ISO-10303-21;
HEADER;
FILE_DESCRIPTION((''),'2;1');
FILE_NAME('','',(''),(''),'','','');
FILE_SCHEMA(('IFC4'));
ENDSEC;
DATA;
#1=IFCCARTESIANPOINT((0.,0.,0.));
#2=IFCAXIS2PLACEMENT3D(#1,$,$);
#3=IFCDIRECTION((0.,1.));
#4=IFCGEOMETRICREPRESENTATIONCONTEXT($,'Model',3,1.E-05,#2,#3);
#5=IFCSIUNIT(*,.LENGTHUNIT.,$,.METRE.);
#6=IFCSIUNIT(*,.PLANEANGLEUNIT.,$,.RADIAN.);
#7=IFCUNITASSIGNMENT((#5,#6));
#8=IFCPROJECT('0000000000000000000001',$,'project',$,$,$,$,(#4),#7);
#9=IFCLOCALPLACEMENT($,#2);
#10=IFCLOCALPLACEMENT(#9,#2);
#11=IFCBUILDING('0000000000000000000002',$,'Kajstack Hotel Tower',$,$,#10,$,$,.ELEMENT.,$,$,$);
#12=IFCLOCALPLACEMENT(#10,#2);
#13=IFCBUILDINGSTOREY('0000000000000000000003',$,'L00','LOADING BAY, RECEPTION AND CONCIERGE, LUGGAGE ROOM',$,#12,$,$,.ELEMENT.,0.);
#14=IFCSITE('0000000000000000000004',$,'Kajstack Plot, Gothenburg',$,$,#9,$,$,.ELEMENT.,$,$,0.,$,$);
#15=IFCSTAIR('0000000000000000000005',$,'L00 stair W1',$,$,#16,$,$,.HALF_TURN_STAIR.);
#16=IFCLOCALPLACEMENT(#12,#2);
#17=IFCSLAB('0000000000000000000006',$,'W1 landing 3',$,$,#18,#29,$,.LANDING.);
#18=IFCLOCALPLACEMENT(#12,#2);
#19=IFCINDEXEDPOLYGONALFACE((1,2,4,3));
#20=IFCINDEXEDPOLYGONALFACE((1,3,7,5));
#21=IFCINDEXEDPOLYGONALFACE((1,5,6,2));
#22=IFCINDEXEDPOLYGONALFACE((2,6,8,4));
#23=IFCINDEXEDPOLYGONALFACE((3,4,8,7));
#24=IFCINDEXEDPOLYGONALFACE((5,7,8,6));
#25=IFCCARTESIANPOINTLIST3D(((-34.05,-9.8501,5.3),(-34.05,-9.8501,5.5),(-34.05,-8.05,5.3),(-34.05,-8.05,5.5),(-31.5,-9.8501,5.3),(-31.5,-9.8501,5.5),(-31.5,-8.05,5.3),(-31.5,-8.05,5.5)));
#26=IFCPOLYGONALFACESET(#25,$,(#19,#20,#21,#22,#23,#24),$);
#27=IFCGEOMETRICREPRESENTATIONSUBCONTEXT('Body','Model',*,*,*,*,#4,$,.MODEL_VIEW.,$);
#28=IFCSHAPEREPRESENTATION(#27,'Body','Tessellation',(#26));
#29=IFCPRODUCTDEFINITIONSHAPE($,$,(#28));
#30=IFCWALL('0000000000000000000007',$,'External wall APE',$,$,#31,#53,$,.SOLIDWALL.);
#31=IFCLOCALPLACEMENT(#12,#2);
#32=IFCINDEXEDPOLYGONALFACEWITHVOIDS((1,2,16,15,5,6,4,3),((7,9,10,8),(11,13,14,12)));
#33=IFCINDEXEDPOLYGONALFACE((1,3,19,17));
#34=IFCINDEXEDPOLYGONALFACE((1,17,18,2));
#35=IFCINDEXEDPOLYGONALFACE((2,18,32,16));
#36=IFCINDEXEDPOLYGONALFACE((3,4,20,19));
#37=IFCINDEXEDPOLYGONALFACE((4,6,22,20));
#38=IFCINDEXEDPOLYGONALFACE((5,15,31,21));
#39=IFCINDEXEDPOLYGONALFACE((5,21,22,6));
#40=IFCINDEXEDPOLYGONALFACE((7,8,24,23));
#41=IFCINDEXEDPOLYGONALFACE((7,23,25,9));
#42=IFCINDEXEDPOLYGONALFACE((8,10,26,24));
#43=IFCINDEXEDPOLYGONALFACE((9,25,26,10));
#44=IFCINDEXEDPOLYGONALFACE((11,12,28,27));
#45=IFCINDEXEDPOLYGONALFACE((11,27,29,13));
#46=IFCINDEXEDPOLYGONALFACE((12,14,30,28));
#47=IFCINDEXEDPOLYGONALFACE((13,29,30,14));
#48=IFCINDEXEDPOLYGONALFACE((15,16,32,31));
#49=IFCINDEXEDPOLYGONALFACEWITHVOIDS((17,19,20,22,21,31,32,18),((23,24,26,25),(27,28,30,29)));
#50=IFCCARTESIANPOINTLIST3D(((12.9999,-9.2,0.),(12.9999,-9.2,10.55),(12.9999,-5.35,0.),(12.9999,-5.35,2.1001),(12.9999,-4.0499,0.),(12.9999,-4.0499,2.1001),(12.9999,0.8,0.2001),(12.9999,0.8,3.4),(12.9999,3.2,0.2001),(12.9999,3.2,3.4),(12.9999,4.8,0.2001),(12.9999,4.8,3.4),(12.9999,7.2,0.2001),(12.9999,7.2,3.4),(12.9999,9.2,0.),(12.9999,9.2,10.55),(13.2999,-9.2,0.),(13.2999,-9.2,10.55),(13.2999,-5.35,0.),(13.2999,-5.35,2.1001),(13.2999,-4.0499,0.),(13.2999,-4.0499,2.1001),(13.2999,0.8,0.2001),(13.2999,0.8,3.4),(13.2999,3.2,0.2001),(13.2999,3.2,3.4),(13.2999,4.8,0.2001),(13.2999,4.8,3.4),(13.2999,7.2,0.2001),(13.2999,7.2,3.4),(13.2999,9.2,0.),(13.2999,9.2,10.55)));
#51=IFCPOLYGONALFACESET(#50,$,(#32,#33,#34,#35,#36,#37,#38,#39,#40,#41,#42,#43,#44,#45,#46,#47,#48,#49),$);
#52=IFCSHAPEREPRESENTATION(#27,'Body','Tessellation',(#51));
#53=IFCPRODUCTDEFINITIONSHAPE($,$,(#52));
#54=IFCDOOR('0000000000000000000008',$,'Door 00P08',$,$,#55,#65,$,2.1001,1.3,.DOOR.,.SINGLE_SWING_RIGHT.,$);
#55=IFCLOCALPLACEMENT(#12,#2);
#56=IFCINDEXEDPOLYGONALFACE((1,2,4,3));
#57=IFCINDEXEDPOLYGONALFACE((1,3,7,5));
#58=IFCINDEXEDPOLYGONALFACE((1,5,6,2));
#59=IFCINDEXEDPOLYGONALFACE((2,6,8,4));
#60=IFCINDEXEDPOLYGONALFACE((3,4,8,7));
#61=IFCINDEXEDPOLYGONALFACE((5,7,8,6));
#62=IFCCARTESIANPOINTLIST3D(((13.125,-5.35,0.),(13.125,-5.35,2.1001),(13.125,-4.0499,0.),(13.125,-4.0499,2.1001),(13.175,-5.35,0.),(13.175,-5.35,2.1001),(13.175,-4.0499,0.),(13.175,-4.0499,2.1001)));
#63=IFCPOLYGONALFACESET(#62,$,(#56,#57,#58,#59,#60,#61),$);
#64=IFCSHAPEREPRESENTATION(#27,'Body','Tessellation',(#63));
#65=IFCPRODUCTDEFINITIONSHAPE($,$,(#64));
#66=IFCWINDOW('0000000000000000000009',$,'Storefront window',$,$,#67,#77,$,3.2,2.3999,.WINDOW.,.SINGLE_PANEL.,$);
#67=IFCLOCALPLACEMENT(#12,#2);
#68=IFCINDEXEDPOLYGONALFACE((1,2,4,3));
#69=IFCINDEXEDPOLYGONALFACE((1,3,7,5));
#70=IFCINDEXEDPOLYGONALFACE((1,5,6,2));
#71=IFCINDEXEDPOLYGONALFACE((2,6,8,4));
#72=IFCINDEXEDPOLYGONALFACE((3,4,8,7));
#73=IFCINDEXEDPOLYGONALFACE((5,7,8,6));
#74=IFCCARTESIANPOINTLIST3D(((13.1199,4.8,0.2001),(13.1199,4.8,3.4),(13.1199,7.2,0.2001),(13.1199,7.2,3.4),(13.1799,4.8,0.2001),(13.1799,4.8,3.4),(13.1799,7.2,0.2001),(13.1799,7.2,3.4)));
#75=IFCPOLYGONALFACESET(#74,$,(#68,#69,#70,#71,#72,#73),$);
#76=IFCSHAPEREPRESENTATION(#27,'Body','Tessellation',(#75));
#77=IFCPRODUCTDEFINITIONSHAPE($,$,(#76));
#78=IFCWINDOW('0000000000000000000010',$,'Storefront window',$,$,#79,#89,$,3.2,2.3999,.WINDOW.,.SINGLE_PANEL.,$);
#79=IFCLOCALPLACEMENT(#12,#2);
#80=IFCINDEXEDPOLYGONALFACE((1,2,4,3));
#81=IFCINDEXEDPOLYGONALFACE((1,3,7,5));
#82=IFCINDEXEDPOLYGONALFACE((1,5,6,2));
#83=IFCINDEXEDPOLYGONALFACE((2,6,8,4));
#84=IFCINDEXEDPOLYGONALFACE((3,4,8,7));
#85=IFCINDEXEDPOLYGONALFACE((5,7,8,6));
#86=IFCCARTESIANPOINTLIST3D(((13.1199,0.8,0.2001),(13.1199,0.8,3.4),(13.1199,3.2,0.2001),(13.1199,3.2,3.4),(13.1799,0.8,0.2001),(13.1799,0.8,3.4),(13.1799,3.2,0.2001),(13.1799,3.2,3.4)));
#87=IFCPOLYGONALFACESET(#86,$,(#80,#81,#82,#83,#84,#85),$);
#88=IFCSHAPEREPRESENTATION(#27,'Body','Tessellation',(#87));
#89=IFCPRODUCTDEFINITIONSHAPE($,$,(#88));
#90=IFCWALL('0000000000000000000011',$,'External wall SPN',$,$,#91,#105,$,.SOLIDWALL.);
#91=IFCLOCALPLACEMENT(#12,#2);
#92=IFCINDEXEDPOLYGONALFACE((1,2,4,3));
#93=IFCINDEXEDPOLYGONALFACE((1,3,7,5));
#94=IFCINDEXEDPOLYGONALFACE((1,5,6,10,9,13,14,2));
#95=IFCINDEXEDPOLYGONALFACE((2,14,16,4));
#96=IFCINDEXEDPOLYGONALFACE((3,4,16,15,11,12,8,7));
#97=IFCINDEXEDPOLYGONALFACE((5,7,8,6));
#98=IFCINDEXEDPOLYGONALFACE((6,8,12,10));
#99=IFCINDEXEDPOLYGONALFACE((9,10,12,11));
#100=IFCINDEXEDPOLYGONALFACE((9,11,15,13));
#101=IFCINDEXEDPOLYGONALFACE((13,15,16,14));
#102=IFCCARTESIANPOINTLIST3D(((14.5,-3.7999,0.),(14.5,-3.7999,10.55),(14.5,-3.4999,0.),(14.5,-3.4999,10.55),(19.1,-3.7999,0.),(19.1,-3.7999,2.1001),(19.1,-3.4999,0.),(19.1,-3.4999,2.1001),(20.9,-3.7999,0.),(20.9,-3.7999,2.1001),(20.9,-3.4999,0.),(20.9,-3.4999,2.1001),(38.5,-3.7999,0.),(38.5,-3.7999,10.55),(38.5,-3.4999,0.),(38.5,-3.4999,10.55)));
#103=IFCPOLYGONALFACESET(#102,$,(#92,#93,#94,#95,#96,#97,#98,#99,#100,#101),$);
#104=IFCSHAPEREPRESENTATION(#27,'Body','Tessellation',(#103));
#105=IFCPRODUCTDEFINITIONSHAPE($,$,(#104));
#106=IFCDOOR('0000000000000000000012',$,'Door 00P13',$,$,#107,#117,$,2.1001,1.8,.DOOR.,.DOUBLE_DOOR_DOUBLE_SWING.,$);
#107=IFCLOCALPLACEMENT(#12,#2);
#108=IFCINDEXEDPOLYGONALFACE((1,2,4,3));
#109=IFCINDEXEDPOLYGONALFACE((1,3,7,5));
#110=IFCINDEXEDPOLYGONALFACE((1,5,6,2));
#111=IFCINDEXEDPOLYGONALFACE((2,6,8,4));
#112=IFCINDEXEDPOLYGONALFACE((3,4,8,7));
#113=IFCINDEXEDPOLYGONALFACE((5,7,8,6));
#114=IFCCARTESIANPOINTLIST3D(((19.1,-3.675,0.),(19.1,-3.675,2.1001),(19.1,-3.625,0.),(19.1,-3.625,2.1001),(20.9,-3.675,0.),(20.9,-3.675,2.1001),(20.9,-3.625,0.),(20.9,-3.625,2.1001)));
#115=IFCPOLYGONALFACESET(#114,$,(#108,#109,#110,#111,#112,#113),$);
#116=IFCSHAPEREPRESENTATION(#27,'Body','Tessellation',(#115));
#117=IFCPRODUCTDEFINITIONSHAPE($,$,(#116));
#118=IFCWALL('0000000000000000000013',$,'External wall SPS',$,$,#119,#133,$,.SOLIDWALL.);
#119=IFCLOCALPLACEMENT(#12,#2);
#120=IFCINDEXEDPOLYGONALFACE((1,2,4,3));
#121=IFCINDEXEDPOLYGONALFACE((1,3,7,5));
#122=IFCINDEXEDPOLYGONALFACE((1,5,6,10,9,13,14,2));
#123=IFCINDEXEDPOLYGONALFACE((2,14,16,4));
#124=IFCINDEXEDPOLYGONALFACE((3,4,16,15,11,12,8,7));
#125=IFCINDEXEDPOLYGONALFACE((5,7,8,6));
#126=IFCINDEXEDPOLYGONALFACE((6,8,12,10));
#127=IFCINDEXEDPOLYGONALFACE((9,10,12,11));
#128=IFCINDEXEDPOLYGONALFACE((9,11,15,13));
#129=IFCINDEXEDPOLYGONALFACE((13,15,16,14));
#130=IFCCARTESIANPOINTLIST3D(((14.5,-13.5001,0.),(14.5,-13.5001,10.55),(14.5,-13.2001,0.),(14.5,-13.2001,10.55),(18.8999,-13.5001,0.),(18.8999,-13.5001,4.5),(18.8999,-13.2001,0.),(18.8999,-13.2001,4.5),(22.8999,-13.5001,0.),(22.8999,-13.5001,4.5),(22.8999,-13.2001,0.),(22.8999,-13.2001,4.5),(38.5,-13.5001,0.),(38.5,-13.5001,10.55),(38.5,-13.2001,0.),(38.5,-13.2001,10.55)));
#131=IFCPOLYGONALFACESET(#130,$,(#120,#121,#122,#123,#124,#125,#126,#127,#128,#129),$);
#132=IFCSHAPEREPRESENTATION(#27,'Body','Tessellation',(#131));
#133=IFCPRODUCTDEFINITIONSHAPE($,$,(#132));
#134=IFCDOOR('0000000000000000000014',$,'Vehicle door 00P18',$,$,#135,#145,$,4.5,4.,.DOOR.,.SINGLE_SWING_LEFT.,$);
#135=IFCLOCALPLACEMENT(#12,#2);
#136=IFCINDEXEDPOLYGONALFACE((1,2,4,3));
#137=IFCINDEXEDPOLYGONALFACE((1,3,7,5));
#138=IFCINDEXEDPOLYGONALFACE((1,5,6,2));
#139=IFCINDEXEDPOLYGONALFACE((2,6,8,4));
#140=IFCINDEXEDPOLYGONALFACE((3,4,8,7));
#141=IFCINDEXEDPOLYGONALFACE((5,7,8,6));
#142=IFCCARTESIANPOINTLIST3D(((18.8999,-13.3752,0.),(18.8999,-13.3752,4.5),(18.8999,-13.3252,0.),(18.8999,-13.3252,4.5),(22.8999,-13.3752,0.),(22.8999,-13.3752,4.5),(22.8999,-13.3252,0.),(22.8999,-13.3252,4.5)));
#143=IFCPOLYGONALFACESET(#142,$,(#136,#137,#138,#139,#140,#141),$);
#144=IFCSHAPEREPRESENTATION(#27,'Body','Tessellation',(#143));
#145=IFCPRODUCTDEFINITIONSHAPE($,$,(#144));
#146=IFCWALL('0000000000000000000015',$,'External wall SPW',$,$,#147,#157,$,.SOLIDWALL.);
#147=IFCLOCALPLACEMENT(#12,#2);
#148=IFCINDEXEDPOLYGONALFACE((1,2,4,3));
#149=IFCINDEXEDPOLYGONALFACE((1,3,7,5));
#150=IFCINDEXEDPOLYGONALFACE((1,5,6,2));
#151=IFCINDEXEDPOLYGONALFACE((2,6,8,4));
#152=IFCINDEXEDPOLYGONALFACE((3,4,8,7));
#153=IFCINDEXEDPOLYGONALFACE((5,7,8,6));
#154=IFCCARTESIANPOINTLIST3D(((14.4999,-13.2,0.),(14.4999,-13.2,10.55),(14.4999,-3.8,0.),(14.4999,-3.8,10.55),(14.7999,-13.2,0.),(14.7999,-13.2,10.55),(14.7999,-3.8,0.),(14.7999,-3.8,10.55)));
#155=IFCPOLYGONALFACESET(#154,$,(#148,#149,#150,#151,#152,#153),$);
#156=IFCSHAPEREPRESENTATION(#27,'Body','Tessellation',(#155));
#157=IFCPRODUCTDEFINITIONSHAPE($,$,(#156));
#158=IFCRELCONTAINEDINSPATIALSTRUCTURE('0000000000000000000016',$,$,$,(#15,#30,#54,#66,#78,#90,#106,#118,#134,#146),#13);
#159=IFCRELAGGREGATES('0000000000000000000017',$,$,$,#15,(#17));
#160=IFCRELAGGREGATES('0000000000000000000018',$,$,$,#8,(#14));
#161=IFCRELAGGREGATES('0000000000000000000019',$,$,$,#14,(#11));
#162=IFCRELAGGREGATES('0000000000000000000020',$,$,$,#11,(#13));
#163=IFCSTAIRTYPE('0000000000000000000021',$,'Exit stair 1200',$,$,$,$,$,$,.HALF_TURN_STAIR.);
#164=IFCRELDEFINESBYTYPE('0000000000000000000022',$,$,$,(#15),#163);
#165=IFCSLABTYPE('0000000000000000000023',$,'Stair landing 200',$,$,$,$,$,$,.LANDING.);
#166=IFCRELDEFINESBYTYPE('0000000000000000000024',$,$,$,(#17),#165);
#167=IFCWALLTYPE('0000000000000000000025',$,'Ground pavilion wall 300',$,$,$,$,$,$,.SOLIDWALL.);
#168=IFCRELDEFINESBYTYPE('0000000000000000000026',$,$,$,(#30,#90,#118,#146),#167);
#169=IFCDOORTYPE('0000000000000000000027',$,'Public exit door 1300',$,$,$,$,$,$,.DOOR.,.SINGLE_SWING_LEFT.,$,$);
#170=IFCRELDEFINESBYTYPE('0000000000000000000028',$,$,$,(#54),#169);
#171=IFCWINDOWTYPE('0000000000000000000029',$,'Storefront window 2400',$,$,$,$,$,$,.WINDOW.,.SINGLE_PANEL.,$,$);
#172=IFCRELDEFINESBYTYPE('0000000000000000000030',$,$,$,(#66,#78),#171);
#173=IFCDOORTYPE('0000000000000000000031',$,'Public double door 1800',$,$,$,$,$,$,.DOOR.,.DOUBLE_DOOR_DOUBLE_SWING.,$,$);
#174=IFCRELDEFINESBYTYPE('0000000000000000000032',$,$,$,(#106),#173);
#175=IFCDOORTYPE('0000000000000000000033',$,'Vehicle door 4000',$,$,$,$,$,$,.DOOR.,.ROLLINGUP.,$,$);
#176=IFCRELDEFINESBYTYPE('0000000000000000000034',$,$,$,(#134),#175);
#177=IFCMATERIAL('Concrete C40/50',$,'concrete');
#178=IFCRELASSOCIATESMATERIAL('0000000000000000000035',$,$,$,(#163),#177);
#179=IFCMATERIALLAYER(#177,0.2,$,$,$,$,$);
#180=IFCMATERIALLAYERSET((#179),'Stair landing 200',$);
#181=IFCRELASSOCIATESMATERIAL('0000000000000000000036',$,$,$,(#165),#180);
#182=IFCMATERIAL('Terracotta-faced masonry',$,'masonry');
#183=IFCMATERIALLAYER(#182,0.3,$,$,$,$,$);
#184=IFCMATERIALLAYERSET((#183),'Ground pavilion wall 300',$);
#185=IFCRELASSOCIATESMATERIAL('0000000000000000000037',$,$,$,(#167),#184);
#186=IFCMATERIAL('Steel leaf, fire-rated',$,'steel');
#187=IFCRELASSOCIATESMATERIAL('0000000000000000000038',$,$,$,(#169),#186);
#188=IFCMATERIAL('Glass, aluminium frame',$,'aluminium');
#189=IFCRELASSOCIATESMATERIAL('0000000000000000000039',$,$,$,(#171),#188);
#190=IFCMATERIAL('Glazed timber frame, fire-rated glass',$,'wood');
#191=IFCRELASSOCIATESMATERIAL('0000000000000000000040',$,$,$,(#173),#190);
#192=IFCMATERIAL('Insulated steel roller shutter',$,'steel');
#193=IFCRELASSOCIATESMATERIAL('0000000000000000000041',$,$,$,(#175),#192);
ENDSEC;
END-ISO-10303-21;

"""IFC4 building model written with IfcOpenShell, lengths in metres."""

from ifc_helpers import new_model, si_unit, direction, frame, frame_2d, origin, place, context, subcontext, project, spatial, polyline, rectangle, outline, extrude, material, layer, layer_set, type_object, element, fill, aggregate, save


model = new_model("IFC4")

# Units and contexts
model_context = context("Model", 3, precision=1e-05, world=origin(), true_north=direction((0.0, 1.0)))
body_context = subcontext(model_context, "Body", "Model", "MODEL_VIEW")
ifc_project = project(units=[si_unit("LENGTHUNIT", "METRE"), si_unit("PLANEANGLEUNIT", "RADIAN")], contexts=[model_context])

# Site, building, storey
site_placement = place(None, origin())
site = spatial("IfcSite", under=ifc_project, at=site_placement, Name="Kajstack Plot, Gothenburg", CompositionType="ELEMENT", RefElevation=0.0)
building_placement = place(site_placement, origin())
building = spatial("IfcBuilding", under=site, at=building_placement, Name="Kajstack Hotel Tower", CompositionType="ELEMENT")
storey_placement = place(building_placement, origin())
storey = spatial("IfcBuildingStorey", under=building, at=storey_placement, Name="L00", Description="LOADING BAY, RECEPTION AND CONCIERGE, LUGGAGE ROOM", CompositionType="ELEMENT", Elevation=0.0)

# Shared definitions
ifc_material_1 = material(Name="Concrete C40/50", Category="concrete")

# Stair, slab
stair_type = type_object("IfcStairType", Name="Exit stair 1200", PredefinedType="HALF_TURN_STAIR", material=ifc_material_1)
stair_placement = place(storey_placement, origin())
stair = element("IfcStair", 1, at=stair_placement, inside=storey, type_object=stair_type, Name="L00 stair W1", PredefinedType="HALF_TURN_STAIR")
ifc_layer_1 = layer(ifc_material_1, 0.2)
ifc_layer_set_1 = layer_set([ifc_layer_1], Name="Stair landing 200")
slab_type = type_object("IfcSlabType", Name="Stair landing 200", PredefinedType="LANDING", material=ifc_layer_set_1)
slab_placement = place(storey_placement, frame((0.0, 0.0, 5.3)))
slab = element("IfcSlab", 2, at=slab_placement, type_object=slab_type, Name="W1 landing 3", PredefinedType="LANDING", context=body_context, shape_type="SweptSolid", body=[
    extrude(outline(polyline([(-34.05, -8.05), (-34.05, -9.8501), (-31.5, -9.8501), (-31.5, -8.05), (-34.05, -8.05)])), origin(), (0.0, 0.0, 1.0), 0.2),
])
aggregate(stair, [slab])

# Wall, openings, door, windows
ifc_material_2 = material(Name="Terracotta-faced masonry", Category="masonry")
ifc_layer_2 = layer(ifc_material_2, 0.3)
ifc_layer_set_2 = layer_set([ifc_layer_2], Name="Ground pavilion wall 300")
wall_type_1 = type_object("IfcWallType", Name="Ground pavilion wall 300", PredefinedType="SOLIDWALL", material=ifc_layer_set_2)
wall_1_placement = place(storey_placement, frame((13.1499, -9.2, 0.0), z_axis=(0.0, 0.0, 1.0), x_axis=(0.0, 1.0, 0.0)))
wall_1 = element("IfcWall", 3, at=wall_1_placement, inside=storey, type_object=wall_type_1, Name="External wall APE", PredefinedType="SOLIDWALL", context=body_context, shape_type="SweptSolid", body=[
    extrude(rectangle(XDim=18.3999, YDim=0.3, at=frame_2d((9.2, 0.0))), origin(), (0.0, 0.0, 1.0), 10.55),
])
opening_1_placement = place(wall_1_placement, frame((3.8501, 0.0, 0.0)))
opening_1 = element("IfcOpeningElement", 4, at=opening_1_placement, cuts=wall_1, PredefinedType="OPENING", context=body_context, shape_type="SweptSolid", body=[
    extrude(rectangle(XDim=1.3, YDim=2.1001, at=frame_2d((0.6499, 1.05))), frame((0.0, 0.1599, 0.0), z_axis=(0.0, -1.0, 0.0), x_axis=(1.0, 0.0, 0.0)), (0.0, 0.0, 1.0), 0.3201),
])
opening_2_placement = place(wall_1_placement, frame((14.0, 0.0, 0.2)))
opening_2 = element("IfcOpeningElement", 5, at=opening_2_placement, cuts=wall_1, PredefinedType="OPENING", context=body_context, shape_type="SweptSolid", body=[
    extrude(rectangle(XDim=2.3999, YDim=3.2, at=frame_2d((1.2, 1.6001))), frame((0.0, 0.1599, 0.0), z_axis=(0.0, -1.0, 0.0), x_axis=(1.0, 0.0, 0.0)), (0.0, 0.0, 1.0), 0.3201),
])
opening_3_placement = place(wall_1_placement, frame((10.0, 0.0, 0.2)))
opening_3 = element("IfcOpeningElement", 6, at=opening_3_placement, cuts=wall_1, PredefinedType="OPENING", context=body_context, shape_type="SweptSolid", body=[
    extrude(rectangle(XDim=2.3999, YDim=3.2, at=frame_2d((1.2, 1.6001))), frame((0.0, 0.1599, 0.0), z_axis=(0.0, -1.0, 0.0), x_axis=(1.0, 0.0, 0.0)), (0.0, 0.0, 1.0), 0.3201),
])
ifc_material_3 = material(Name="Steel leaf, fire-rated", Category="steel")
door_type_1 = type_object("IfcDoorType", Name="Public exit door 1300", OperationType="SINGLE_SWING_LEFT", PredefinedType="DOOR", material=ifc_material_3)
door_1_placement = place(opening_1_placement, origin())
door_1 = element("IfcDoor", 7, at=door_1_placement, inside=storey, type_object=door_type_1, Name="Door 00P08", OperationType="SINGLE_SWING_RIGHT", OverallHeight=2.1001, OverallWidth=1.3, PredefinedType="DOOR", context=body_context, shape_type="SweptSolid", body=[
    extrude(rectangle(XDim=1.3, YDim=2.1001, at=frame_2d((0.6499, 1.05))), frame((0.0, 0.0249, 0.0), z_axis=(0.0, -1.0, 0.0), x_axis=(1.0, 0.0, 0.0)), (0.0, 0.0, 1.0), 0.05),
])
fill(opening_1, door_1)
ifc_material_4 = material(Name="Glass, aluminium frame", Category="aluminium")
window_type = type_object("IfcWindowType", Name="Storefront window 2400", PartitioningType="SINGLE_PANEL", PredefinedType="WINDOW", material=ifc_material_4)
window_1_placement = place(opening_2_placement, origin())
window_1 = element("IfcWindow", 8, at=window_1_placement, inside=storey, type_object=window_type, Name="Storefront window", OverallHeight=3.2, OverallWidth=2.3999, PartitioningType="SINGLE_PANEL", PredefinedType="WINDOW", context=body_context, shape_type="SweptSolid", body=[
    extrude(rectangle(XDim=2.3999, YDim=3.2, at=frame_2d((1.2, 1.6001))), frame((0.0, 0.03, 0.0), z_axis=(0.0, -1.0, 0.0), x_axis=(1.0, 0.0, 0.0)), (0.0, 0.0, 1.0), 0.0601),
])
fill(opening_2, window_1)
window_2_placement = place(opening_3_placement, origin())
window_2 = element("IfcWindow", 9, at=window_2_placement, inside=storey, type_object=window_type, Name="Storefront window", OverallHeight=3.2, OverallWidth=2.3999, PartitioningType="SINGLE_PANEL", PredefinedType="WINDOW", context=body_context, shape_type="SweptSolid", body=[
    extrude(rectangle(XDim=2.3999, YDim=3.2, at=frame_2d((1.2, 1.6001))), frame((0.0, 0.03, 0.0), z_axis=(0.0, -1.0, 0.0), x_axis=(1.0, 0.0, 0.0)), (0.0, 0.0, 1.0), 0.0601),
])
fill(opening_3, window_2)

# Walls, openings, doors
wall_2_placement = place(storey_placement, frame((14.5, -3.6499, 0.0), z_axis=(0.0, 0.0, 1.0), x_axis=(1.0, 0.0, 0.0)))
wall_2 = element("IfcWall", 10, at=wall_2_placement, inside=storey, type_object=wall_type_1, Name="External wall SPN", PredefinedType="SOLIDWALL", context=body_context, shape_type="SweptSolid", body=[
    extrude(rectangle(XDim=24.0, YDim=0.3, at=frame_2d((12.0, 0.0))), origin(), (0.0, 0.0, 1.0), 10.55),
])
opening_4_placement = place(wall_2_placement, frame((4.6001, 0.0, 0.0)))
opening_4 = element("IfcOpeningElement", 11, at=opening_4_placement, cuts=wall_2, PredefinedType="OPENING", context=body_context, shape_type="SweptSolid", body=[
    extrude(rectangle(XDim=1.8, YDim=2.1001, at=frame_2d((0.8999, 1.05))), frame((0.0, 0.1599, 0.0), z_axis=(0.0, -1.0, 0.0), x_axis=(1.0, 0.0, 0.0)), (0.0, 0.0, 1.0), 0.3201),
])
ifc_material_5 = material(Name="Glazed timber frame, fire-rated glass", Category="wood")
door_type_2 = type_object("IfcDoorType", Name="Public double door 1800", OperationType="DOUBLE_DOOR_DOUBLE_SWING", PredefinedType="DOOR", material=ifc_material_5)
door_2_placement = place(opening_4_placement, origin())
door_2 = element("IfcDoor", 12, at=door_2_placement, inside=storey, type_object=door_type_2, Name="Door 00P13", OperationType="DOUBLE_DOOR_DOUBLE_SWING", OverallHeight=2.1001, OverallWidth=1.8, PredefinedType="DOOR", context=body_context, shape_type="SweptSolid", body=[
    extrude(rectangle(XDim=1.8, YDim=2.1001, at=frame_2d((0.8999, 1.05))), frame((0.0, 0.0249, 0.0), z_axis=(0.0, -1.0, 0.0), x_axis=(1.0, 0.0, 0.0)), (0.0, 0.0, 1.0), 0.05),
])
fill(opening_4, door_2)
wall_3_placement = place(storey_placement, frame((14.5, -13.3501, 0.0), z_axis=(0.0, 0.0, 1.0), x_axis=(1.0, 0.0, 0.0)))
wall_3 = element("IfcWall", 13, at=wall_3_placement, inside=storey, type_object=wall_type_1, Name="External wall SPS", PredefinedType="SOLIDWALL", context=body_context, shape_type="SweptSolid", body=[
    extrude(rectangle(XDim=24.0, YDim=0.3, at=frame_2d((12.0, 0.0))), origin(), (0.0, 0.0, 1.0), 10.55),
])
opening_5_placement = place(wall_3_placement, frame((4.3999, 0.0, 0.0)))
opening_5 = element("IfcOpeningElement", 14, at=opening_5_placement, cuts=wall_3, PredefinedType="OPENING", context=body_context, shape_type="SweptSolid", body=[
    extrude(rectangle(XDim=4.0, YDim=4.5, at=frame_2d((2.0, 2.25))), frame((0.0, 0.1599, 0.0), z_axis=(0.0, -1.0, 0.0), x_axis=(1.0, 0.0, 0.0)), (0.0, 0.0, 1.0), 0.3201),
])
ifc_material_6 = material(Name="Insulated steel roller shutter", Category="steel")
door_type_3 = type_object("IfcDoorType", Name="Vehicle door 4000", OperationType="ROLLINGUP", PredefinedType="DOOR", material=ifc_material_6)
door_3_placement = place(opening_5_placement, origin())
door_3 = element("IfcDoor", 15, at=door_3_placement, inside=storey, type_object=door_type_3, Name="Vehicle door 00P18", OperationType="SINGLE_SWING_LEFT", OverallHeight=4.5, OverallWidth=4.0, PredefinedType="DOOR", context=body_context, shape_type="SweptSolid", body=[
    extrude(rectangle(XDim=4.0, YDim=4.5, at=frame_2d((2.0, 2.25))), frame((0.0, 0.0249, 0.0), z_axis=(0.0, -1.0, 0.0), x_axis=(1.0, 0.0, 0.0)), (0.0, 0.0, 1.0), 0.05),
])
fill(opening_5, door_3)

# Wall
wall_4_placement = place(storey_placement, frame((14.6499, -13.2, 0.0), z_axis=(0.0, 0.0, 1.0), x_axis=(0.0, 1.0, 0.0)))
element("IfcWall", 16, at=wall_4_placement, inside=storey, type_object=wall_type_1, Name="External wall SPW", PredefinedType="SOLIDWALL", context=body_context, shape_type="SweptSolid", body=[
    extrude(rectangle(XDim=9.3999, YDim=0.3, at=frame_2d((4.7, 0.0))), origin(), (0.0, 0.0, 1.0), 10.55),
])

save(model, "model.ifc")
